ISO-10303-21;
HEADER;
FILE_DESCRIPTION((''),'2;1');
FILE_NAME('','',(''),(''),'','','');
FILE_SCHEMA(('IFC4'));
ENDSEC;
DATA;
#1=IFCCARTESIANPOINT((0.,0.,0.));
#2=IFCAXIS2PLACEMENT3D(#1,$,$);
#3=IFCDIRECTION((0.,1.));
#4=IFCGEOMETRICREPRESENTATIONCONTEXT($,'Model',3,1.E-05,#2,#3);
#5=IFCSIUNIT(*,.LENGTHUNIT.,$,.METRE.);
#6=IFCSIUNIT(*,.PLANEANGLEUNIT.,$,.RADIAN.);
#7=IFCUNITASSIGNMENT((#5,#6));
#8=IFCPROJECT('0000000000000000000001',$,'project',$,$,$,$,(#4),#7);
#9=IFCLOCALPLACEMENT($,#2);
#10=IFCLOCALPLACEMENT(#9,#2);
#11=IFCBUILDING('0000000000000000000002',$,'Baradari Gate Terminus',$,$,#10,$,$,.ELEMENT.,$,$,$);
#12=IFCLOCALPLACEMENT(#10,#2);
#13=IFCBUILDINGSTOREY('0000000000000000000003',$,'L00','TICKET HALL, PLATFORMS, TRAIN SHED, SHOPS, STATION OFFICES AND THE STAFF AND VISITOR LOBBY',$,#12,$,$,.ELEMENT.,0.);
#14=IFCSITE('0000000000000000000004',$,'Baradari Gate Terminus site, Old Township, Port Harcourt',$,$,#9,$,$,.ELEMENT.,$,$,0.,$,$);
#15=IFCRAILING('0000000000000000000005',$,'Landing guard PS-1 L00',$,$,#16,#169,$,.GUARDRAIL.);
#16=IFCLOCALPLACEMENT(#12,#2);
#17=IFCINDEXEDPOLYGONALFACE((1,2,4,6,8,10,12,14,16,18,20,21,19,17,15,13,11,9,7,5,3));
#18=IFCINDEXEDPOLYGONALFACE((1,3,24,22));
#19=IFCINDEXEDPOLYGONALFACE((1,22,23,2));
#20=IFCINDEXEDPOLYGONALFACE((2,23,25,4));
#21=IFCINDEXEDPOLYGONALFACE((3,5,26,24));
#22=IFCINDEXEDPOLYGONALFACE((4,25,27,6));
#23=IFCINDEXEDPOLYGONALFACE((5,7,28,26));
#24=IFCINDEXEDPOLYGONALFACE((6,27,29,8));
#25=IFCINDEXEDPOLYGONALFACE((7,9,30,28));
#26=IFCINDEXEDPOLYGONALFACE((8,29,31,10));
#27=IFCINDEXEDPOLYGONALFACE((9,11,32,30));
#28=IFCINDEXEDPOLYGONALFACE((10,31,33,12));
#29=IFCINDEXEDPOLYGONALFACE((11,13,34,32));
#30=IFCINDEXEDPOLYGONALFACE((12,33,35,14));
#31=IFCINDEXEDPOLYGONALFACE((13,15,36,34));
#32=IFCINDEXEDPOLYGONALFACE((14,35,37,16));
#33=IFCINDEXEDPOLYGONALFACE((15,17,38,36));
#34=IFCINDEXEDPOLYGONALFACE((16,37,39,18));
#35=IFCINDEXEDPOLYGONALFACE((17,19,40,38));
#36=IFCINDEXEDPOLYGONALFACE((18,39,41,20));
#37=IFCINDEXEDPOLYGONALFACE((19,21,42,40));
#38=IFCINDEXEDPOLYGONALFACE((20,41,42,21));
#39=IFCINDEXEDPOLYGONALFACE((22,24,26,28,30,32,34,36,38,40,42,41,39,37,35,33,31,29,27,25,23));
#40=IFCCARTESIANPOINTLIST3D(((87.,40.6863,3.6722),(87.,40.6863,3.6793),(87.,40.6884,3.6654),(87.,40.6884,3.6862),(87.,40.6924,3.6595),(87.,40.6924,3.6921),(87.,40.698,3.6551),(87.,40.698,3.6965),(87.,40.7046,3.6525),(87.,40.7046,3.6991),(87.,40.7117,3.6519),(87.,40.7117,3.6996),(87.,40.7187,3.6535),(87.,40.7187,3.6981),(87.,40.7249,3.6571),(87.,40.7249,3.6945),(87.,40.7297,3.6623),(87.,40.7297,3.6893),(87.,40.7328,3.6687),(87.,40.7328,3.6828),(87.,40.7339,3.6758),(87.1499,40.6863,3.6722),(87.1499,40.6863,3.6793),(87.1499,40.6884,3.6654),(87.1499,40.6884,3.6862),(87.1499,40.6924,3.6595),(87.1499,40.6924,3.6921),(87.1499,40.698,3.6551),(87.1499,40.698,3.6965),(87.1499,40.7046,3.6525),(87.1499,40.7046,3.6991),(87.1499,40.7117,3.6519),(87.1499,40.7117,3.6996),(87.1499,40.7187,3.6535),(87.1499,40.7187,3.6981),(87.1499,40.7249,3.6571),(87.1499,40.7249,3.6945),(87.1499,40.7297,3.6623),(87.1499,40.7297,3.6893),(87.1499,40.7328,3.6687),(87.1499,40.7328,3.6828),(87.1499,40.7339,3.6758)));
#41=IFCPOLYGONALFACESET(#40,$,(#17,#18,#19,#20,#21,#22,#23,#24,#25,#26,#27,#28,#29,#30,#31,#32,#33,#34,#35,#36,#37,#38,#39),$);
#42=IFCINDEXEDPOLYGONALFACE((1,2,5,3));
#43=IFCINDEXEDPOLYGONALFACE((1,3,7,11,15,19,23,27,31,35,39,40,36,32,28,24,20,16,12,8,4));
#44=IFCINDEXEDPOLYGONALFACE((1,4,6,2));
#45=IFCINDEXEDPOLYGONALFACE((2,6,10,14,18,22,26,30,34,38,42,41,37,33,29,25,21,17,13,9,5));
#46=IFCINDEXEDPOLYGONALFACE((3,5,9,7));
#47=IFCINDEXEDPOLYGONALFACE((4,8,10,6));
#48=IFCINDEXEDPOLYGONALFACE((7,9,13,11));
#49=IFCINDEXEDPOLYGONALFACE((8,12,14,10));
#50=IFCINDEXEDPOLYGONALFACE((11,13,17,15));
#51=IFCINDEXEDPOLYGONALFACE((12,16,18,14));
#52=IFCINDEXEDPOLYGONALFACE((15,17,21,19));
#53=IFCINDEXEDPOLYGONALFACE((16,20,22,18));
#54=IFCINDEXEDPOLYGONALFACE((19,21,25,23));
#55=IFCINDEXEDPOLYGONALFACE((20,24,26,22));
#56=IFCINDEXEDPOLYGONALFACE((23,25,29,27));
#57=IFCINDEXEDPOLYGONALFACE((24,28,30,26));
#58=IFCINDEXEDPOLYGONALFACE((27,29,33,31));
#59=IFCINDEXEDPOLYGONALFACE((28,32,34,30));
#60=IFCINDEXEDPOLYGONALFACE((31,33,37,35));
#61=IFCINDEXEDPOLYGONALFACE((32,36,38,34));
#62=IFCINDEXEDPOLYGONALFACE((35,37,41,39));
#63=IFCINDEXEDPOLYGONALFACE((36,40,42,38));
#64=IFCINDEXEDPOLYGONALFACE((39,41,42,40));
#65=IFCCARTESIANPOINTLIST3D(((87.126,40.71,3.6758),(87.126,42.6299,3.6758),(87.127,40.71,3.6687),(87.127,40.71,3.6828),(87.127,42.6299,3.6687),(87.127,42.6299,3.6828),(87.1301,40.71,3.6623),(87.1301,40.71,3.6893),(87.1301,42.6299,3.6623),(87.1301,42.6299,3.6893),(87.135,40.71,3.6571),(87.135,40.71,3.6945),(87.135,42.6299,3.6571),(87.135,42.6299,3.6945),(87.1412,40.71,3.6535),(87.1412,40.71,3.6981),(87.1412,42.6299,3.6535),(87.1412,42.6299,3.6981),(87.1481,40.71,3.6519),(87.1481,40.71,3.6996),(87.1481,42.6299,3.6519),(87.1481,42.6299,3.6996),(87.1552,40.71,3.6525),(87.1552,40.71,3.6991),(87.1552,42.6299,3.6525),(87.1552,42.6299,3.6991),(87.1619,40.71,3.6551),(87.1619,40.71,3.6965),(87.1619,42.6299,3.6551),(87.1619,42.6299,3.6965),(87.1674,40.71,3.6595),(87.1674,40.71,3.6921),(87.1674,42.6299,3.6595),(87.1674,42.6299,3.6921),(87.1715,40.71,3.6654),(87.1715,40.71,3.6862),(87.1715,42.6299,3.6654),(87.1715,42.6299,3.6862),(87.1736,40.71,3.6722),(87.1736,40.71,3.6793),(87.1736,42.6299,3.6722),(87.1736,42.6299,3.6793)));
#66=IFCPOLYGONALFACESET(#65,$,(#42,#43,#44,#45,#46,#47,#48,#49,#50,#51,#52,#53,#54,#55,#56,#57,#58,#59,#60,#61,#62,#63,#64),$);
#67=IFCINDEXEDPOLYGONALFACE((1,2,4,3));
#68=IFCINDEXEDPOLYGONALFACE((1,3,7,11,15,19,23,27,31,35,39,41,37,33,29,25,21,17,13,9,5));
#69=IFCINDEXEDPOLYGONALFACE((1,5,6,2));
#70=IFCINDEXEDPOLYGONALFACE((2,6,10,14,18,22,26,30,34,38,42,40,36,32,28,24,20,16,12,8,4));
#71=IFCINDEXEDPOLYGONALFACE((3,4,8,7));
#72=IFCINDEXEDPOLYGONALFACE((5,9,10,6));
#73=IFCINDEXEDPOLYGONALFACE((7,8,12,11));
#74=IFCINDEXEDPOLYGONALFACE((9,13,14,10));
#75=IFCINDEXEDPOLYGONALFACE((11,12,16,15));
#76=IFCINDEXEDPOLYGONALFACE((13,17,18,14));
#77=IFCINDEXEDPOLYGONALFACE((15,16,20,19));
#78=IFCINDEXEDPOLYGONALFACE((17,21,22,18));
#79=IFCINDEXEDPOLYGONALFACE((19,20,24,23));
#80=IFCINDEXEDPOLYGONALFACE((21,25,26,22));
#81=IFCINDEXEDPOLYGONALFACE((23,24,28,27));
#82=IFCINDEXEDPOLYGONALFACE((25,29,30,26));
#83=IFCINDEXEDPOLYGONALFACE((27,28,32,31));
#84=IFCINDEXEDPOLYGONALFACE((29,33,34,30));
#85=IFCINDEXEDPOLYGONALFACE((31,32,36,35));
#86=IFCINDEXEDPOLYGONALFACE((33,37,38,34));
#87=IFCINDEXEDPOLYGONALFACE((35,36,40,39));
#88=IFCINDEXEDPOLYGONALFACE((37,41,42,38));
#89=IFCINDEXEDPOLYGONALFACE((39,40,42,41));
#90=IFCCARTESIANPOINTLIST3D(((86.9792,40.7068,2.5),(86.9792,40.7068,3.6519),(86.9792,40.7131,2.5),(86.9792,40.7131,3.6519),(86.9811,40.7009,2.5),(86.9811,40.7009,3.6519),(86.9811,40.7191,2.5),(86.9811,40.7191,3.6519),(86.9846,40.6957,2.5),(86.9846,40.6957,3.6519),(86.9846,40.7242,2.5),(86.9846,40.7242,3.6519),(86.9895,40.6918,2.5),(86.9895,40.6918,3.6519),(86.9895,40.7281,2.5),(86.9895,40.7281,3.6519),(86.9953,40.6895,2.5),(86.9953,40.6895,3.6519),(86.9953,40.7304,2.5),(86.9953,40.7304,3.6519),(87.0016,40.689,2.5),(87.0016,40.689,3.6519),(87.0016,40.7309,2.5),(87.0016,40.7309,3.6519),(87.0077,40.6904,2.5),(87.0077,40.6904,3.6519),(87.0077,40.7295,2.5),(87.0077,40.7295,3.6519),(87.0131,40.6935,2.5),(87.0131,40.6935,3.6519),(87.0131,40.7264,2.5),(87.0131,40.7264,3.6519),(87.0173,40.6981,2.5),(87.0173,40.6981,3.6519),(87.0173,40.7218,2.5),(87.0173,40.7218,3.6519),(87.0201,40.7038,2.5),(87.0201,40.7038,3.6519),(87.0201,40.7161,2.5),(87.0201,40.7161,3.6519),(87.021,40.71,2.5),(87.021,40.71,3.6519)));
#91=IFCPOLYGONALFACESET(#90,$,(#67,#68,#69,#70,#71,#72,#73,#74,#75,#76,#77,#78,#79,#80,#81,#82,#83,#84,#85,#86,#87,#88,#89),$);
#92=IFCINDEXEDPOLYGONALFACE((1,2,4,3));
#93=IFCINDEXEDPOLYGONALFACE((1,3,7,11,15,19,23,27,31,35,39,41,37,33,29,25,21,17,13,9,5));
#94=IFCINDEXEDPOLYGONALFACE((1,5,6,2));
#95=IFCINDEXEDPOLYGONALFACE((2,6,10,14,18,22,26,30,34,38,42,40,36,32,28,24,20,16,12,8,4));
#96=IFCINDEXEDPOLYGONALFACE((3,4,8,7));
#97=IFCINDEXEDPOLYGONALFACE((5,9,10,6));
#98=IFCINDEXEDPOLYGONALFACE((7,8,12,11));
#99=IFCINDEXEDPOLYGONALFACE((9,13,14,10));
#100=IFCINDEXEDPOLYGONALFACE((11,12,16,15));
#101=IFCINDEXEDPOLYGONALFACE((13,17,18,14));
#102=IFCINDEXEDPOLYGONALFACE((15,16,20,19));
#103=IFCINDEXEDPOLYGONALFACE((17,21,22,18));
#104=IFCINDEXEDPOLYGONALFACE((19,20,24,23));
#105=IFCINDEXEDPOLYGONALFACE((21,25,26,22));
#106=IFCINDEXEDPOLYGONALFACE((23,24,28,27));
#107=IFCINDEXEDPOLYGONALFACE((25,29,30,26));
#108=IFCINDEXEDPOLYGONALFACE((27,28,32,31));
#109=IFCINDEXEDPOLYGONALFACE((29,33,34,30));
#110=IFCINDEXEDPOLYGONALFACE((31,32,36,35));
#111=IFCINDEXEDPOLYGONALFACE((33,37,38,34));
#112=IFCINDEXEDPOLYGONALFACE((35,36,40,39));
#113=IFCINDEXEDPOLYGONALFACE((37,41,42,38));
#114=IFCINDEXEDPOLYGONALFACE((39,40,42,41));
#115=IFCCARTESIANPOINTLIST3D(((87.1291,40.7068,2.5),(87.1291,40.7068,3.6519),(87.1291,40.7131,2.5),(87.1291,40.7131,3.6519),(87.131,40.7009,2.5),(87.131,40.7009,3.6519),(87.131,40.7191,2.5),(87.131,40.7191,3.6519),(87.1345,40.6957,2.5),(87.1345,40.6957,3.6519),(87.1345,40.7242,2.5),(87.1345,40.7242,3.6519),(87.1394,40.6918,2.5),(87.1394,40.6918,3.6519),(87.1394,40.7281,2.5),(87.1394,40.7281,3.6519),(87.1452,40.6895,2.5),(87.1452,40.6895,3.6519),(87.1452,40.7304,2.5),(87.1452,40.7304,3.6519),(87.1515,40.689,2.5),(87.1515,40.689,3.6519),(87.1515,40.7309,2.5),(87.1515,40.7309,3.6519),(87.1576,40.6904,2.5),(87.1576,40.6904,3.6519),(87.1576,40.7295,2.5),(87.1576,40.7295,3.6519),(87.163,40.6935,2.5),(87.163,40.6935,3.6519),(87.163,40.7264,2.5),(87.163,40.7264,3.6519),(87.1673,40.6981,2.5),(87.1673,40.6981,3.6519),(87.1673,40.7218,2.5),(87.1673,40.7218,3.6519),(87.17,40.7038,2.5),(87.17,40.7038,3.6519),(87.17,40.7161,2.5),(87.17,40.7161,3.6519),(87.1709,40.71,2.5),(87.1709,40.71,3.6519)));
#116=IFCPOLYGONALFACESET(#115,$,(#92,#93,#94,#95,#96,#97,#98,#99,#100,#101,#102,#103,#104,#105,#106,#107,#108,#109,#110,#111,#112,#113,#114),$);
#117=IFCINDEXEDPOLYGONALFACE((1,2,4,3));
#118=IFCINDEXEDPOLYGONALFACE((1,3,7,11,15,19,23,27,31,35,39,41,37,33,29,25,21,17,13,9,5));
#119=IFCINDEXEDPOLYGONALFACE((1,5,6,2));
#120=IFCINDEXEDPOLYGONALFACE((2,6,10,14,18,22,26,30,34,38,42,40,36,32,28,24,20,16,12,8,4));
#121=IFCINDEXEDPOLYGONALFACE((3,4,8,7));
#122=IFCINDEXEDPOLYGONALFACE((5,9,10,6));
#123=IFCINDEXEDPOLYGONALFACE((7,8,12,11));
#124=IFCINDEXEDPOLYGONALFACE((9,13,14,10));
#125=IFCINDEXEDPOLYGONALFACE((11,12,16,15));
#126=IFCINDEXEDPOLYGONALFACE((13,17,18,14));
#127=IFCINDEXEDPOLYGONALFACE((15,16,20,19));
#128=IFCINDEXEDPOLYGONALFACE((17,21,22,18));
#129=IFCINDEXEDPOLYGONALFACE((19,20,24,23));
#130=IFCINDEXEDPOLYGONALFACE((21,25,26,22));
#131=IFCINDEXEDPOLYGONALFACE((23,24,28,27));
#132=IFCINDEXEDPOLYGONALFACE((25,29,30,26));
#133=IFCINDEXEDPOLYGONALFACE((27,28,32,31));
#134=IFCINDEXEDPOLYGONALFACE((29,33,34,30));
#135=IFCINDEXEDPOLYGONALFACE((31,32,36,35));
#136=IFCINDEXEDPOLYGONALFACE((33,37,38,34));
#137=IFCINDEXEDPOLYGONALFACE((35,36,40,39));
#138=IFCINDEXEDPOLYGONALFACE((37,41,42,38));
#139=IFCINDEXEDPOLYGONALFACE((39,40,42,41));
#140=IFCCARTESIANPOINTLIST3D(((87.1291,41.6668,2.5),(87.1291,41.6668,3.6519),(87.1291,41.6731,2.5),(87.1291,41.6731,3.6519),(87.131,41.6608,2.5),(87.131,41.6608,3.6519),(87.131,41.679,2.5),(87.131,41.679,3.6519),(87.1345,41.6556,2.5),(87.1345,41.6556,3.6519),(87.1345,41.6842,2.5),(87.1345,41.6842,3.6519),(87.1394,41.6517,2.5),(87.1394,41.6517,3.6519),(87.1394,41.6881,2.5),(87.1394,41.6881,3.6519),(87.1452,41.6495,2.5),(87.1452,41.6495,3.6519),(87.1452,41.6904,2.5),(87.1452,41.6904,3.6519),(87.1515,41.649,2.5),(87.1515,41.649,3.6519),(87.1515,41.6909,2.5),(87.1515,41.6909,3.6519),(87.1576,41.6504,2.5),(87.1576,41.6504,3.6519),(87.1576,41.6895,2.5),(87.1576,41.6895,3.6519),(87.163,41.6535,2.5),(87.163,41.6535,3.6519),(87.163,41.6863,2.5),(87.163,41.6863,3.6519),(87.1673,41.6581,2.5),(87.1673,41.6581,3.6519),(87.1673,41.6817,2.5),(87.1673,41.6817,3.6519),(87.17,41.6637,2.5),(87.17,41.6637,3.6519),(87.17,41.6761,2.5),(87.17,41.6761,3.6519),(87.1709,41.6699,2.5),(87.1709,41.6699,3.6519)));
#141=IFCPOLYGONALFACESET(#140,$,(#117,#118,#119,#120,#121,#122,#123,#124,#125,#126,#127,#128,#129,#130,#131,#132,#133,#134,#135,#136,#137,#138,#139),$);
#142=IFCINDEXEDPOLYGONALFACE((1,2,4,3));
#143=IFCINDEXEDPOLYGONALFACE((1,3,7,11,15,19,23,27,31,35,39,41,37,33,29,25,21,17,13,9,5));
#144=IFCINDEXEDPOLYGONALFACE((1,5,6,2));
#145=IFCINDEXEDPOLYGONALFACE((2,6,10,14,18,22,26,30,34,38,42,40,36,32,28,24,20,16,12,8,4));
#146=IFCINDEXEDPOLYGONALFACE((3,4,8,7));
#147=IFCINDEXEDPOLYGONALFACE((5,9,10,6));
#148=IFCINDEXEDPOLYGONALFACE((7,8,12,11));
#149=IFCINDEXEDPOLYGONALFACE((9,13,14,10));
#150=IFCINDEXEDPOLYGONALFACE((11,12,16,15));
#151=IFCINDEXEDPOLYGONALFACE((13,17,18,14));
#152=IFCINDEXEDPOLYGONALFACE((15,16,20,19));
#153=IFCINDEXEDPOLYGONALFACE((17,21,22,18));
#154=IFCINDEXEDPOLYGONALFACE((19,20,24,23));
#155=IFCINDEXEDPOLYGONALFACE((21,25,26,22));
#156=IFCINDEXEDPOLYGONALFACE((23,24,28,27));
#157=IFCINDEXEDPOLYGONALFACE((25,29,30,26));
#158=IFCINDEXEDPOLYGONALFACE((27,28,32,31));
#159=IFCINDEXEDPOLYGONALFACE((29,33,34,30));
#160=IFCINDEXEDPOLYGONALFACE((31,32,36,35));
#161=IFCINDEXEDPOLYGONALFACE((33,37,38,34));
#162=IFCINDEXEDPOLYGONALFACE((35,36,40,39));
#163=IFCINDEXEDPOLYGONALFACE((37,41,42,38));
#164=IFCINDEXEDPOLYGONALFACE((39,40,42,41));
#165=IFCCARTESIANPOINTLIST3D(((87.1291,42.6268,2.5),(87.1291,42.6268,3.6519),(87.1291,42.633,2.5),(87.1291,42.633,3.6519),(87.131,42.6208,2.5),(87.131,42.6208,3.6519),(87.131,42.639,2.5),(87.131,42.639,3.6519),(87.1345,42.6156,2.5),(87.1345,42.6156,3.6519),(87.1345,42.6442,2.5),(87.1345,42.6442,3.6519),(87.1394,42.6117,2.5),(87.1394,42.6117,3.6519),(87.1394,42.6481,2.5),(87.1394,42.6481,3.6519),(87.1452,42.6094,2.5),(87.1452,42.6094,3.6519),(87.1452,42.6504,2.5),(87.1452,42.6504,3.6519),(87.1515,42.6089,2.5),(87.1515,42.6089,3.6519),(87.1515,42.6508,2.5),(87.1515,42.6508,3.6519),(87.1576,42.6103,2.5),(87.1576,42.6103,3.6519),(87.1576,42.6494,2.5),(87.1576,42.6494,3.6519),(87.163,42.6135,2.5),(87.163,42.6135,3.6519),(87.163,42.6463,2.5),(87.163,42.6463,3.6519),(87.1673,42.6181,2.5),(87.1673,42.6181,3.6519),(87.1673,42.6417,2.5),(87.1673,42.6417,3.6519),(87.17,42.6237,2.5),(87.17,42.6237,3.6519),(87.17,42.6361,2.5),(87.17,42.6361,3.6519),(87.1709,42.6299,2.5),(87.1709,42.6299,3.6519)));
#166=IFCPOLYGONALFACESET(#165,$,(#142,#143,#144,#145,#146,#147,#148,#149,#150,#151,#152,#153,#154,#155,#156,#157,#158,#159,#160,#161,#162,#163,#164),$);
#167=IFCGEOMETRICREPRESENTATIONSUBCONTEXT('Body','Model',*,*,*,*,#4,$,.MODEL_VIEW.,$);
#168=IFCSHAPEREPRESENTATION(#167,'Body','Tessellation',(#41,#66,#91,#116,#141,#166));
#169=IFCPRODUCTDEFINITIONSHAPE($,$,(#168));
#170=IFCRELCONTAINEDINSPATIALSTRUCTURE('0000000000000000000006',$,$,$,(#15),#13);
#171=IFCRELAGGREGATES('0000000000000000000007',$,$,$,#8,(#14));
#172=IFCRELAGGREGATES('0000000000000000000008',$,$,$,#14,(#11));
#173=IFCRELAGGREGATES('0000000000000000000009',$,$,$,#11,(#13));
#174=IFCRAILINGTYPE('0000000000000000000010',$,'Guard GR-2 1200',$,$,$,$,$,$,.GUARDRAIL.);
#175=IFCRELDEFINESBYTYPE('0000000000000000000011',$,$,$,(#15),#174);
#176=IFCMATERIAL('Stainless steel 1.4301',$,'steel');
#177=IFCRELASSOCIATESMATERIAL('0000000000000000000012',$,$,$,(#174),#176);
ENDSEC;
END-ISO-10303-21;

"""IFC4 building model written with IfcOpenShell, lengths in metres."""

from ifc_helpers import new_model, si_unit, direction, frame, origin, origin_2d, place, context, subcontext, project, spatial, circle, extrude, material, type_object, element, save


model = new_model("IFC4")

# Units and contexts
model_context = context("Model", 3, precision=1e-05, world=origin(), true_north=direction((0.0, 1.0)))
body_context = subcontext(model_context, "Body", "Model", "MODEL_VIEW")
ifc_project = project(units=[si_unit("LENGTHUNIT", "METRE"), si_unit("PLANEANGLEUNIT", "RADIAN")], contexts=[model_context])

# Site, building, storey
site_placement = place(None, origin())
site = spatial("IfcSite", under=ifc_project, at=site_placement, Name="Baradari Gate Terminus site, Old Township, Port Harcourt", CompositionType="ELEMENT", RefElevation=0.0)
building_placement = place(site_placement, origin())
building = spatial("IfcBuilding", under=site, at=building_placement, Name="Baradari Gate Terminus", CompositionType="ELEMENT")
storey_placement = place(building_placement, origin())
storey = spatial("IfcBuildingStorey", under=building, at=storey_placement, Name="L00", Description="TICKET HALL, PLATFORMS, TRAIN SHED, SHOPS, STATION OFFICES AND THE STAFF AND VISITOR LOBBY", CompositionType="ELEMENT", Elevation=0.0)

# Railing
ifc_material_1 = material(Name="Stainless steel 1.4301", Category="steel")
railing_type_1 = type_object("IfcRailingType", Name="Guard GR-2 1200", PredefinedType="GUARDRAIL", material=ifc_material_1)
railing_1_placement = place(storey_placement, frame((87.0, 40.71, 2.5)))
element("IfcRailing", 1, at=railing_1_placement, inside=storey, type_object=railing_type_1, Name="Landing guard PS-1 L00", PredefinedType="GUARDRAIL", context=body_context, shape_type="SweptSolid", body=[
    extrude(circle(Radius=0.0239, at=origin_2d()), frame((0.0, 0.0, 1.1758), z_axis=(1.0, 0.0, 0.0), x_axis=(0.0, 1.0, 0.0)), (0.0, 0.0, 1.0), 0.1499),
    extrude(circle(Radius=0.0239, at=origin_2d()), frame((0.1499, 0.0, 1.1758), z_axis=(0.0, 1.0, 0.0), x_axis=(-1.0, 0.0, 0.0)), (0.0, 0.0, 1.0), 1.9199),
    extrude(circle(Radius=0.021, at=origin_2d()), origin(), (0.0, 0.0, 1.0), 1.1519),
    extrude(circle(Radius=0.021, at=origin_2d()), frame((0.1499, 0.0, 0.0)), (0.0, 0.0, 1.0), 1.1519),
    extrude(circle(Radius=0.021, at=origin_2d()), frame((0.1499, 0.96, 0.0)), (0.0, 0.0, 1.0), 1.1519),
    extrude(circle(Radius=0.021, at=origin_2d()), frame((0.1499, 1.9199, 0.0)), (0.0, 0.0, 1.0), 1.1519),
])

save(model, "model.ifc")
